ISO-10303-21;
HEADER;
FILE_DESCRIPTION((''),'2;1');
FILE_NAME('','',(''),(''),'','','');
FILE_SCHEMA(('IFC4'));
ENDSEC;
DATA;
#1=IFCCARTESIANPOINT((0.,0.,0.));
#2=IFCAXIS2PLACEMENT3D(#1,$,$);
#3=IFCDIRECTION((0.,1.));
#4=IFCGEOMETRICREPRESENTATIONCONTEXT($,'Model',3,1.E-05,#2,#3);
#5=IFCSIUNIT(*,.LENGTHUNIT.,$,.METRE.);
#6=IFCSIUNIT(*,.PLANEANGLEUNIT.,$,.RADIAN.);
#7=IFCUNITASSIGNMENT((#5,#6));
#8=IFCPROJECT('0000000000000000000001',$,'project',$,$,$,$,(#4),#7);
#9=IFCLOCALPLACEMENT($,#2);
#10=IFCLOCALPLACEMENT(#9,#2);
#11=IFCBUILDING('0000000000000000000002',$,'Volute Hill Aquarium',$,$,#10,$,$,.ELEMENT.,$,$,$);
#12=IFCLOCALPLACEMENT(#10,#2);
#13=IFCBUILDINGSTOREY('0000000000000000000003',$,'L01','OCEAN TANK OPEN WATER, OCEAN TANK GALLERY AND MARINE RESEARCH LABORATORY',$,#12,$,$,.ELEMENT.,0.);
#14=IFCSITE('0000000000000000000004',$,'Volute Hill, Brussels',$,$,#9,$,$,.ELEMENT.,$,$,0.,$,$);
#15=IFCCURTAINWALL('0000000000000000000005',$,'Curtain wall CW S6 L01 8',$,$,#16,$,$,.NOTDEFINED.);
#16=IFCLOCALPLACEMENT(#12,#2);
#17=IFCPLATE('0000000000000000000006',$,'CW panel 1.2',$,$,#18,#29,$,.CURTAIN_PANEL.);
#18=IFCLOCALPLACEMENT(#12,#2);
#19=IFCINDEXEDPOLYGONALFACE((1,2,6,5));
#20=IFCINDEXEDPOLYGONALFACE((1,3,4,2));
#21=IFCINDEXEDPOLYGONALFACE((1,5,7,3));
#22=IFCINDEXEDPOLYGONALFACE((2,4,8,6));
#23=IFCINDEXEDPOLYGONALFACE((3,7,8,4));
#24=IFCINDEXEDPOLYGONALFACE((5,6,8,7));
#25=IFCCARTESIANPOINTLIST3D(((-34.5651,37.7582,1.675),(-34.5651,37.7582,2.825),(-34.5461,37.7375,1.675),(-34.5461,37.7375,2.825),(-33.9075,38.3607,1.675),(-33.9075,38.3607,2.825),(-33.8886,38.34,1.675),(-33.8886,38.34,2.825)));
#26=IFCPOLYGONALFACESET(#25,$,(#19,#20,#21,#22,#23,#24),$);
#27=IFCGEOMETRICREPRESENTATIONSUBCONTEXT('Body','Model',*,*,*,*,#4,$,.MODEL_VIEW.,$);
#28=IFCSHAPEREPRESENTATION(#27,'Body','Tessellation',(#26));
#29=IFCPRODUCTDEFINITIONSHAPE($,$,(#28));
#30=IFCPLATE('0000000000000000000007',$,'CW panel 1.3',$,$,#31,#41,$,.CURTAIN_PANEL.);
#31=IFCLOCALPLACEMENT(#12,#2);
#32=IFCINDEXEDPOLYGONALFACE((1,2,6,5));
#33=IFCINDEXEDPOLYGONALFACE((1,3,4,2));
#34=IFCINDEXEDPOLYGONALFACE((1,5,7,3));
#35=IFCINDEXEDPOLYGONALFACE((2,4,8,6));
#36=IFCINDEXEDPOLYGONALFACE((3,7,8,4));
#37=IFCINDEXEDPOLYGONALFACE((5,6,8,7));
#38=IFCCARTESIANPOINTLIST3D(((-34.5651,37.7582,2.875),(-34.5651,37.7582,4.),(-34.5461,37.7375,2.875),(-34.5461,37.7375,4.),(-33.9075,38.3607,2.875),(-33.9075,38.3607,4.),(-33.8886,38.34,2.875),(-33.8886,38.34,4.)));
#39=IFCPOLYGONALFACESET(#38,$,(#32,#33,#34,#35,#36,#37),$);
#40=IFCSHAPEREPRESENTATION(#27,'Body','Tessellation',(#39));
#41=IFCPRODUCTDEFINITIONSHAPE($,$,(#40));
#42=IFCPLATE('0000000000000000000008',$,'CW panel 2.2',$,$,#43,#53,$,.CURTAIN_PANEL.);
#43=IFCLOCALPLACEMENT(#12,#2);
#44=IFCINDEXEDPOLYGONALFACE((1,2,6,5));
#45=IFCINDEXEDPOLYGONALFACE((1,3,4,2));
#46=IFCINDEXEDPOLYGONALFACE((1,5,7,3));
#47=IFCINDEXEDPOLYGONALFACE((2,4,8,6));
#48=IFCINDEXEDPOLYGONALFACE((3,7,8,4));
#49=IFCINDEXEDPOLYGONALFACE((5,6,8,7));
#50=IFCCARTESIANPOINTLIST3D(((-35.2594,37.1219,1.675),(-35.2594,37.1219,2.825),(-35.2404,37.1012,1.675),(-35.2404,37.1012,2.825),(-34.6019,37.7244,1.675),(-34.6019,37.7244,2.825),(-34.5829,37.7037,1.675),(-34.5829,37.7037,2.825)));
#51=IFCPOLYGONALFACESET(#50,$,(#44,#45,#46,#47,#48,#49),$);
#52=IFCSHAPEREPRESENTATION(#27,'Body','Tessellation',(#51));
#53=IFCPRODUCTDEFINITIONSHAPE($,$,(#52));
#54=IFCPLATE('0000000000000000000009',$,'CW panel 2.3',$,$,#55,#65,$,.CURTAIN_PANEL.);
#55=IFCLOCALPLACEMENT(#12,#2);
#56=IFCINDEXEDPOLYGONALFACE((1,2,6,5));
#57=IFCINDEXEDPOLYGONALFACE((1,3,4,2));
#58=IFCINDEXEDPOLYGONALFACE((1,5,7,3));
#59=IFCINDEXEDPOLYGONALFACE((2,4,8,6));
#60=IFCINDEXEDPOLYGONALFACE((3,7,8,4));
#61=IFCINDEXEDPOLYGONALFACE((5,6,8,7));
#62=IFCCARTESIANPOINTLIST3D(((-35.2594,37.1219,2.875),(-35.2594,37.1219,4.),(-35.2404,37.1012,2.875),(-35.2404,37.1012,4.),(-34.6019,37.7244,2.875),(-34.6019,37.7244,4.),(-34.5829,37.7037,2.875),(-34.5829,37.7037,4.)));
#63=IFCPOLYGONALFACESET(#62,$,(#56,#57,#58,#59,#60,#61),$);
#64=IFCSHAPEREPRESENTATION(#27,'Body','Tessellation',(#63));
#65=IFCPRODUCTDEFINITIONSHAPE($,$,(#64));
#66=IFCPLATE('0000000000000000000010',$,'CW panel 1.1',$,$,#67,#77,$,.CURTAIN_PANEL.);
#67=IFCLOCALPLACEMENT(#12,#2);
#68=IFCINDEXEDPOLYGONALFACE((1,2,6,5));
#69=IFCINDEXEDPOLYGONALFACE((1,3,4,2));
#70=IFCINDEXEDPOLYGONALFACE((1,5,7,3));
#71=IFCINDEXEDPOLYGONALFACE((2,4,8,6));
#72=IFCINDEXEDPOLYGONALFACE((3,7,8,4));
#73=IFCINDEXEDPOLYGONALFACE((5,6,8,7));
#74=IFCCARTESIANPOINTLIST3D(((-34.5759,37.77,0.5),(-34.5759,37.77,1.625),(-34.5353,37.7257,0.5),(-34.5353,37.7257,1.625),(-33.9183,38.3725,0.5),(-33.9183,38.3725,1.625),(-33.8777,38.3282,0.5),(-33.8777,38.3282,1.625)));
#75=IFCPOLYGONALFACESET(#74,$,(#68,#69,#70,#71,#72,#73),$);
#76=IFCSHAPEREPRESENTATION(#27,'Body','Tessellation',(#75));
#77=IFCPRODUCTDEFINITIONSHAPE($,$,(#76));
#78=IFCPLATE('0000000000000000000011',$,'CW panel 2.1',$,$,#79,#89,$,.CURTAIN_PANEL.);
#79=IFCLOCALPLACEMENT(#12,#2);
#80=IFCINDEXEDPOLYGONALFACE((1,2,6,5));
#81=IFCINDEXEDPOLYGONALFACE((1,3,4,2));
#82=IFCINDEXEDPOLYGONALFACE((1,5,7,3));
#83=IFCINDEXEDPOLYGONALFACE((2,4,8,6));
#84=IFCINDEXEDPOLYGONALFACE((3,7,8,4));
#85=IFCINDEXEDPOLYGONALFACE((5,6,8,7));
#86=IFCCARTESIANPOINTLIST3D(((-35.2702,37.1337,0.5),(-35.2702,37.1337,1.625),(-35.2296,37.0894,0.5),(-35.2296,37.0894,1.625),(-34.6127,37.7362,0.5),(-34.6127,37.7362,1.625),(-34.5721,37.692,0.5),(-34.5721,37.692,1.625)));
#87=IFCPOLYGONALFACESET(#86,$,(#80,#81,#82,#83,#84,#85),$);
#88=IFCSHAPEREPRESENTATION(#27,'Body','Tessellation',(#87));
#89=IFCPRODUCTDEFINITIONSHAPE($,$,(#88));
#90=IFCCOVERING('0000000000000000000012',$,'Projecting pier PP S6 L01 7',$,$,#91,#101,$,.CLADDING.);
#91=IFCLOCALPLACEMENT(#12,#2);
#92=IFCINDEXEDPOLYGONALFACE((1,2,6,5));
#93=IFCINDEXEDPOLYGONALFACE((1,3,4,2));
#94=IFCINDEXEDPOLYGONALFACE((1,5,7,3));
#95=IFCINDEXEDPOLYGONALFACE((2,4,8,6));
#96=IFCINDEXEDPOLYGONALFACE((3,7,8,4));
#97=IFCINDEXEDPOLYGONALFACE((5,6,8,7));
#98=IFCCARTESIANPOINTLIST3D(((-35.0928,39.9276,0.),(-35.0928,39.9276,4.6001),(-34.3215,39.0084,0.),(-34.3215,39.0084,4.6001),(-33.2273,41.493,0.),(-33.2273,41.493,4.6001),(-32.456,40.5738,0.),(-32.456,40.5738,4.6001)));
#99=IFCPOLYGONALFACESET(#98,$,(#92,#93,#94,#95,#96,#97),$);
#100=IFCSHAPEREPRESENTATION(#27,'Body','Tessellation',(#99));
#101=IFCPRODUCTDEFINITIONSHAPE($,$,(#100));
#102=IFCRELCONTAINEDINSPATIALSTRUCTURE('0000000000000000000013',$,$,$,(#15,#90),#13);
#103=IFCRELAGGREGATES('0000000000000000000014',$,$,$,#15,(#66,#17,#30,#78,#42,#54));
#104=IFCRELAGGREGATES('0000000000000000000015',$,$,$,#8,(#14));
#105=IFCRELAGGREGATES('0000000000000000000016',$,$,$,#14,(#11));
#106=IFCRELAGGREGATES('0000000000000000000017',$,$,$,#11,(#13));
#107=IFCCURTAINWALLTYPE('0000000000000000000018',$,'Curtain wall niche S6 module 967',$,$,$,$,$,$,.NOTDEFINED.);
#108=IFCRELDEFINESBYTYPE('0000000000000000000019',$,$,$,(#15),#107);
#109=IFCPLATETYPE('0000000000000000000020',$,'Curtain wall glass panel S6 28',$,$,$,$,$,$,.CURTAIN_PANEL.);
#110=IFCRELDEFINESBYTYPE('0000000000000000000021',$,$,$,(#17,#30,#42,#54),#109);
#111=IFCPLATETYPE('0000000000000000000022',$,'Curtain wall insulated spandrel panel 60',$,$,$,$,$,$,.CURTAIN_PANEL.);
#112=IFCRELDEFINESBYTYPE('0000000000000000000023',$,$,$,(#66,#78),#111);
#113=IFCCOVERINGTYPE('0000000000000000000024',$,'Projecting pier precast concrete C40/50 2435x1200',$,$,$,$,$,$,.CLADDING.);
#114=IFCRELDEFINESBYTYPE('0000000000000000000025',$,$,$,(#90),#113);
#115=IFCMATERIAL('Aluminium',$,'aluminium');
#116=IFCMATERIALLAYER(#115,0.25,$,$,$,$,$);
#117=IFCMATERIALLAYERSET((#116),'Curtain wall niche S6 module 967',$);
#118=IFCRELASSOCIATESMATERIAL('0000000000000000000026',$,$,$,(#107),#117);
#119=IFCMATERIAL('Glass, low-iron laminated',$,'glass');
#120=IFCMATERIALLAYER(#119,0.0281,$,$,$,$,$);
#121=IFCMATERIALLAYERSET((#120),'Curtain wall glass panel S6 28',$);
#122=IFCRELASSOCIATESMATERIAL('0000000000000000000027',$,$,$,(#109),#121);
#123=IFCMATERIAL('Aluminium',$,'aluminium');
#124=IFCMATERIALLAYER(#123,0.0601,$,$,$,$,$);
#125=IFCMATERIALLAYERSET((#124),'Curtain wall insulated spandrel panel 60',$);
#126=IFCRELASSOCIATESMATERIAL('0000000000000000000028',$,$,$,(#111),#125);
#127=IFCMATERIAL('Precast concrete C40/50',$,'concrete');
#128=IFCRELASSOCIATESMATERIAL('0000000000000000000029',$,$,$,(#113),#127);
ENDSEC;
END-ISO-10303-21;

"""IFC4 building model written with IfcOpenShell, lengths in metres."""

from ifc_helpers import new_model, si_unit, direction, frame, origin, origin_2d, place, context, subcontext, project, spatial, rectangle, extrude, material, layer, layer_set, type_object, element, aggregate, save


model = new_model("IFC4")

# Units and contexts
model_context = context("Model", 3, precision=1e-05, world=origin(), true_north=direction((0.0, 1.0)))
body_context = subcontext(model_context, "Body", "Model", "MODEL_VIEW")
ifc_project = project(units=[si_unit("LENGTHUNIT", "METRE"), si_unit("PLANEANGLEUNIT", "RADIAN")], contexts=[model_context])

# Site, building, storey
site_placement = place(None, origin())
site = spatial("IfcSite", under=ifc_project, at=site_placement, Name="Volute Hill, Brussels", CompositionType="ELEMENT", RefElevation=0.0)
building_placement = place(site_placement, origin())
building = spatial("IfcBuilding", under=site, at=building_placement, Name="Volute Hill Aquarium", CompositionType="ELEMENT")
storey_placement = place(building_placement, origin())
storey = spatial("IfcBuildingStorey", under=building, at=storey_placement, Name="L01", Description="OCEAN TANK OPEN WATER, OCEAN TANK GALLERY AND MARINE RESEARCH LABORATORY", CompositionType="ELEMENT", Elevation=0.0)

# Shared definitions
ifc_material_1 = material(Name="Aluminium", Category="aluminium")
ifc_layer_1 = layer(ifc_material_1, 0.25)
ifc_layer_set_1 = layer_set([ifc_layer_1], Name="Curtain wall niche S6 module 967")
curtain_wall_type = type_object("IfcCurtainWallType", Name="Curtain wall niche S6 module 967", PredefinedType="NOTDEFINED", material=ifc_layer_set_1)

# Curtain wall
curtain_wall_1_placement = place(storey_placement, origin())
curtain_wall_1 = element("IfcCurtainWall", 1, at=curtain_wall_1_placement, inside=storey, type_object=curtain_wall_type, Name="Curtain wall CW S6 L01 8", PredefinedType="NOTDEFINED")

# Plates
ifc_material_2 = material(Name="Glass, low-iron laminated", Category="glass")
ifc_layer_2 = layer(ifc_material_2, 0.0281)
ifc_layer_set_2 = layer_set([ifc_layer_2], Name="Curtain wall glass panel S6 28")
plate_type_1 = type_object("IfcPlateType", Name="Curtain wall glass panel S6 28", PredefinedType="CURTAIN_PANEL", material=ifc_layer_set_2)
plate_1_placement = place(storey_placement, frame((-34.2268, 38.0491, 1.675), z_axis=(0.0, 0.0, 1.0), x_axis=(-0.737285, -0.675582, 0.0)))
plate_1 = element("IfcPlate", 2, at=plate_1_placement, type_object=plate_type_1, Name="CW panel 1.2", PredefinedType="CURTAIN_PANEL", context=body_context, shape_type="SweptSolid", body=[
    extrude(rectangle(XDim=0.8918, YDim=0.0281, at=origin_2d()), origin(), (0.0, 0.0, 1.0), 1.1499),
])
plate_2_placement = place(storey_placement, frame((-34.2268, 38.0491, 2.875), z_axis=(0.0, 0.0, 1.0), x_axis=(-0.737285, -0.675582, 0.0)))
plate_2 = element("IfcPlate", 3, at=plate_2_placement, type_object=plate_type_1, Name="CW panel 1.3", PredefinedType="CURTAIN_PANEL", context=body_context, shape_type="SweptSolid", body=[
    extrude(rectangle(XDim=0.8918, YDim=0.0281, at=origin_2d()), origin(), (0.0, 0.0, 1.0), 1.125),
])
plate_3_placement = place(storey_placement, frame((-34.9211, 37.4128, 1.675), z_axis=(0.0, 0.0, 1.0), x_axis=(-0.737285, -0.675582, 0.0)))
plate_3 = element("IfcPlate", 4, at=plate_3_placement, type_object=plate_type_1, Name="CW panel 2.2", PredefinedType="CURTAIN_PANEL", context=body_context, shape_type="SweptSolid", body=[
    extrude(rectangle(XDim=0.8918, YDim=0.0281, at=origin_2d()), origin(), (0.0, 0.0, 1.0), 1.1499),
])
plate_4_placement = place(storey_placement, frame((-34.9211, 37.4128, 2.875), z_axis=(0.0, 0.0, 1.0), x_axis=(-0.737285, -0.675582, 0.0)))
plate_4 = element("IfcPlate", 5, at=plate_4_placement, type_object=plate_type_1, Name="CW panel 2.3", PredefinedType="CURTAIN_PANEL", context=body_context, shape_type="SweptSolid", body=[
    extrude(rectangle(XDim=0.8918, YDim=0.0281, at=origin_2d()), origin(), (0.0, 0.0, 1.0), 1.125),
])
ifc_material_3 = material(Name="Aluminium", Category="aluminium")
ifc_layer_3 = layer(ifc_material_3, 0.0601)
ifc_layer_set_3 = layer_set([ifc_layer_3], Name="Curtain wall insulated spandrel panel 60")
plate_type_2 = type_object("IfcPlateType", Name="Curtain wall insulated spandrel panel 60", PredefinedType="CURTAIN_PANEL", material=ifc_layer_set_3)
plate_5_placement = place(storey_placement, frame((-34.2268, 38.0491, 0.5), z_axis=(0.0, 0.0, 1.0), x_axis=(-0.737285, -0.675582, 0.0)))
plate_5 = element("IfcPlate", 6, at=plate_5_placement, type_object=plate_type_2, Name="CW panel 1.1", PredefinedType="CURTAIN_PANEL", context=body_context, shape_type="SweptSolid", body=[
    extrude(rectangle(XDim=0.8918, YDim=0.0601, at=origin_2d()), origin(), (0.0, 0.0, 1.0), 1.125),
])
plate_6_placement = place(storey_placement, frame((-34.9211, 37.4128, 0.5), z_axis=(0.0, 0.0, 1.0), x_axis=(-0.737285, -0.675582, 0.0)))
plate_6 = element("IfcPlate", 7, at=plate_6_placement, type_object=plate_type_2, Name="CW panel 2.1", PredefinedType="CURTAIN_PANEL", context=body_context, shape_type="SweptSolid", body=[
    extrude(rectangle(XDim=0.8918, YDim=0.0601, at=origin_2d()), origin(), (0.0, 0.0, 1.0), 1.125),
])
aggregate(curtain_wall_1, [plate_5, plate_1, plate_2, plate_6, plate_3, plate_4])

# Covering
ifc_material_4 = material(Name="Precast concrete C40/50", Category="concrete")
covering_type = type_object("IfcCoveringType", Name="Projecting pier precast concrete C40/50 2435x1200", PredefinedType="CLADDING", material=ifc_material_4)
covering_placement = place(storey_placement, frame((-33.7744, 40.2507, 0.0), z_axis=(0.0, 0.0, 1.0), x_axis=(-0.766044, -0.642788, 0.0)))
element("IfcCovering", 8, at=covering_placement, inside=storey, type_object=covering_type, Name="Projecting pier PP S6 L01 7", PredefinedType="CLADDING", context=body_context, shape_type="SweptSolid", body=[
    extrude(rectangle(XDim=2.4353, YDim=1.2, at=origin_2d()), origin(), (0.0, 0.0, 1.0), 4.6001),
])

save(model, "model.ifc")
